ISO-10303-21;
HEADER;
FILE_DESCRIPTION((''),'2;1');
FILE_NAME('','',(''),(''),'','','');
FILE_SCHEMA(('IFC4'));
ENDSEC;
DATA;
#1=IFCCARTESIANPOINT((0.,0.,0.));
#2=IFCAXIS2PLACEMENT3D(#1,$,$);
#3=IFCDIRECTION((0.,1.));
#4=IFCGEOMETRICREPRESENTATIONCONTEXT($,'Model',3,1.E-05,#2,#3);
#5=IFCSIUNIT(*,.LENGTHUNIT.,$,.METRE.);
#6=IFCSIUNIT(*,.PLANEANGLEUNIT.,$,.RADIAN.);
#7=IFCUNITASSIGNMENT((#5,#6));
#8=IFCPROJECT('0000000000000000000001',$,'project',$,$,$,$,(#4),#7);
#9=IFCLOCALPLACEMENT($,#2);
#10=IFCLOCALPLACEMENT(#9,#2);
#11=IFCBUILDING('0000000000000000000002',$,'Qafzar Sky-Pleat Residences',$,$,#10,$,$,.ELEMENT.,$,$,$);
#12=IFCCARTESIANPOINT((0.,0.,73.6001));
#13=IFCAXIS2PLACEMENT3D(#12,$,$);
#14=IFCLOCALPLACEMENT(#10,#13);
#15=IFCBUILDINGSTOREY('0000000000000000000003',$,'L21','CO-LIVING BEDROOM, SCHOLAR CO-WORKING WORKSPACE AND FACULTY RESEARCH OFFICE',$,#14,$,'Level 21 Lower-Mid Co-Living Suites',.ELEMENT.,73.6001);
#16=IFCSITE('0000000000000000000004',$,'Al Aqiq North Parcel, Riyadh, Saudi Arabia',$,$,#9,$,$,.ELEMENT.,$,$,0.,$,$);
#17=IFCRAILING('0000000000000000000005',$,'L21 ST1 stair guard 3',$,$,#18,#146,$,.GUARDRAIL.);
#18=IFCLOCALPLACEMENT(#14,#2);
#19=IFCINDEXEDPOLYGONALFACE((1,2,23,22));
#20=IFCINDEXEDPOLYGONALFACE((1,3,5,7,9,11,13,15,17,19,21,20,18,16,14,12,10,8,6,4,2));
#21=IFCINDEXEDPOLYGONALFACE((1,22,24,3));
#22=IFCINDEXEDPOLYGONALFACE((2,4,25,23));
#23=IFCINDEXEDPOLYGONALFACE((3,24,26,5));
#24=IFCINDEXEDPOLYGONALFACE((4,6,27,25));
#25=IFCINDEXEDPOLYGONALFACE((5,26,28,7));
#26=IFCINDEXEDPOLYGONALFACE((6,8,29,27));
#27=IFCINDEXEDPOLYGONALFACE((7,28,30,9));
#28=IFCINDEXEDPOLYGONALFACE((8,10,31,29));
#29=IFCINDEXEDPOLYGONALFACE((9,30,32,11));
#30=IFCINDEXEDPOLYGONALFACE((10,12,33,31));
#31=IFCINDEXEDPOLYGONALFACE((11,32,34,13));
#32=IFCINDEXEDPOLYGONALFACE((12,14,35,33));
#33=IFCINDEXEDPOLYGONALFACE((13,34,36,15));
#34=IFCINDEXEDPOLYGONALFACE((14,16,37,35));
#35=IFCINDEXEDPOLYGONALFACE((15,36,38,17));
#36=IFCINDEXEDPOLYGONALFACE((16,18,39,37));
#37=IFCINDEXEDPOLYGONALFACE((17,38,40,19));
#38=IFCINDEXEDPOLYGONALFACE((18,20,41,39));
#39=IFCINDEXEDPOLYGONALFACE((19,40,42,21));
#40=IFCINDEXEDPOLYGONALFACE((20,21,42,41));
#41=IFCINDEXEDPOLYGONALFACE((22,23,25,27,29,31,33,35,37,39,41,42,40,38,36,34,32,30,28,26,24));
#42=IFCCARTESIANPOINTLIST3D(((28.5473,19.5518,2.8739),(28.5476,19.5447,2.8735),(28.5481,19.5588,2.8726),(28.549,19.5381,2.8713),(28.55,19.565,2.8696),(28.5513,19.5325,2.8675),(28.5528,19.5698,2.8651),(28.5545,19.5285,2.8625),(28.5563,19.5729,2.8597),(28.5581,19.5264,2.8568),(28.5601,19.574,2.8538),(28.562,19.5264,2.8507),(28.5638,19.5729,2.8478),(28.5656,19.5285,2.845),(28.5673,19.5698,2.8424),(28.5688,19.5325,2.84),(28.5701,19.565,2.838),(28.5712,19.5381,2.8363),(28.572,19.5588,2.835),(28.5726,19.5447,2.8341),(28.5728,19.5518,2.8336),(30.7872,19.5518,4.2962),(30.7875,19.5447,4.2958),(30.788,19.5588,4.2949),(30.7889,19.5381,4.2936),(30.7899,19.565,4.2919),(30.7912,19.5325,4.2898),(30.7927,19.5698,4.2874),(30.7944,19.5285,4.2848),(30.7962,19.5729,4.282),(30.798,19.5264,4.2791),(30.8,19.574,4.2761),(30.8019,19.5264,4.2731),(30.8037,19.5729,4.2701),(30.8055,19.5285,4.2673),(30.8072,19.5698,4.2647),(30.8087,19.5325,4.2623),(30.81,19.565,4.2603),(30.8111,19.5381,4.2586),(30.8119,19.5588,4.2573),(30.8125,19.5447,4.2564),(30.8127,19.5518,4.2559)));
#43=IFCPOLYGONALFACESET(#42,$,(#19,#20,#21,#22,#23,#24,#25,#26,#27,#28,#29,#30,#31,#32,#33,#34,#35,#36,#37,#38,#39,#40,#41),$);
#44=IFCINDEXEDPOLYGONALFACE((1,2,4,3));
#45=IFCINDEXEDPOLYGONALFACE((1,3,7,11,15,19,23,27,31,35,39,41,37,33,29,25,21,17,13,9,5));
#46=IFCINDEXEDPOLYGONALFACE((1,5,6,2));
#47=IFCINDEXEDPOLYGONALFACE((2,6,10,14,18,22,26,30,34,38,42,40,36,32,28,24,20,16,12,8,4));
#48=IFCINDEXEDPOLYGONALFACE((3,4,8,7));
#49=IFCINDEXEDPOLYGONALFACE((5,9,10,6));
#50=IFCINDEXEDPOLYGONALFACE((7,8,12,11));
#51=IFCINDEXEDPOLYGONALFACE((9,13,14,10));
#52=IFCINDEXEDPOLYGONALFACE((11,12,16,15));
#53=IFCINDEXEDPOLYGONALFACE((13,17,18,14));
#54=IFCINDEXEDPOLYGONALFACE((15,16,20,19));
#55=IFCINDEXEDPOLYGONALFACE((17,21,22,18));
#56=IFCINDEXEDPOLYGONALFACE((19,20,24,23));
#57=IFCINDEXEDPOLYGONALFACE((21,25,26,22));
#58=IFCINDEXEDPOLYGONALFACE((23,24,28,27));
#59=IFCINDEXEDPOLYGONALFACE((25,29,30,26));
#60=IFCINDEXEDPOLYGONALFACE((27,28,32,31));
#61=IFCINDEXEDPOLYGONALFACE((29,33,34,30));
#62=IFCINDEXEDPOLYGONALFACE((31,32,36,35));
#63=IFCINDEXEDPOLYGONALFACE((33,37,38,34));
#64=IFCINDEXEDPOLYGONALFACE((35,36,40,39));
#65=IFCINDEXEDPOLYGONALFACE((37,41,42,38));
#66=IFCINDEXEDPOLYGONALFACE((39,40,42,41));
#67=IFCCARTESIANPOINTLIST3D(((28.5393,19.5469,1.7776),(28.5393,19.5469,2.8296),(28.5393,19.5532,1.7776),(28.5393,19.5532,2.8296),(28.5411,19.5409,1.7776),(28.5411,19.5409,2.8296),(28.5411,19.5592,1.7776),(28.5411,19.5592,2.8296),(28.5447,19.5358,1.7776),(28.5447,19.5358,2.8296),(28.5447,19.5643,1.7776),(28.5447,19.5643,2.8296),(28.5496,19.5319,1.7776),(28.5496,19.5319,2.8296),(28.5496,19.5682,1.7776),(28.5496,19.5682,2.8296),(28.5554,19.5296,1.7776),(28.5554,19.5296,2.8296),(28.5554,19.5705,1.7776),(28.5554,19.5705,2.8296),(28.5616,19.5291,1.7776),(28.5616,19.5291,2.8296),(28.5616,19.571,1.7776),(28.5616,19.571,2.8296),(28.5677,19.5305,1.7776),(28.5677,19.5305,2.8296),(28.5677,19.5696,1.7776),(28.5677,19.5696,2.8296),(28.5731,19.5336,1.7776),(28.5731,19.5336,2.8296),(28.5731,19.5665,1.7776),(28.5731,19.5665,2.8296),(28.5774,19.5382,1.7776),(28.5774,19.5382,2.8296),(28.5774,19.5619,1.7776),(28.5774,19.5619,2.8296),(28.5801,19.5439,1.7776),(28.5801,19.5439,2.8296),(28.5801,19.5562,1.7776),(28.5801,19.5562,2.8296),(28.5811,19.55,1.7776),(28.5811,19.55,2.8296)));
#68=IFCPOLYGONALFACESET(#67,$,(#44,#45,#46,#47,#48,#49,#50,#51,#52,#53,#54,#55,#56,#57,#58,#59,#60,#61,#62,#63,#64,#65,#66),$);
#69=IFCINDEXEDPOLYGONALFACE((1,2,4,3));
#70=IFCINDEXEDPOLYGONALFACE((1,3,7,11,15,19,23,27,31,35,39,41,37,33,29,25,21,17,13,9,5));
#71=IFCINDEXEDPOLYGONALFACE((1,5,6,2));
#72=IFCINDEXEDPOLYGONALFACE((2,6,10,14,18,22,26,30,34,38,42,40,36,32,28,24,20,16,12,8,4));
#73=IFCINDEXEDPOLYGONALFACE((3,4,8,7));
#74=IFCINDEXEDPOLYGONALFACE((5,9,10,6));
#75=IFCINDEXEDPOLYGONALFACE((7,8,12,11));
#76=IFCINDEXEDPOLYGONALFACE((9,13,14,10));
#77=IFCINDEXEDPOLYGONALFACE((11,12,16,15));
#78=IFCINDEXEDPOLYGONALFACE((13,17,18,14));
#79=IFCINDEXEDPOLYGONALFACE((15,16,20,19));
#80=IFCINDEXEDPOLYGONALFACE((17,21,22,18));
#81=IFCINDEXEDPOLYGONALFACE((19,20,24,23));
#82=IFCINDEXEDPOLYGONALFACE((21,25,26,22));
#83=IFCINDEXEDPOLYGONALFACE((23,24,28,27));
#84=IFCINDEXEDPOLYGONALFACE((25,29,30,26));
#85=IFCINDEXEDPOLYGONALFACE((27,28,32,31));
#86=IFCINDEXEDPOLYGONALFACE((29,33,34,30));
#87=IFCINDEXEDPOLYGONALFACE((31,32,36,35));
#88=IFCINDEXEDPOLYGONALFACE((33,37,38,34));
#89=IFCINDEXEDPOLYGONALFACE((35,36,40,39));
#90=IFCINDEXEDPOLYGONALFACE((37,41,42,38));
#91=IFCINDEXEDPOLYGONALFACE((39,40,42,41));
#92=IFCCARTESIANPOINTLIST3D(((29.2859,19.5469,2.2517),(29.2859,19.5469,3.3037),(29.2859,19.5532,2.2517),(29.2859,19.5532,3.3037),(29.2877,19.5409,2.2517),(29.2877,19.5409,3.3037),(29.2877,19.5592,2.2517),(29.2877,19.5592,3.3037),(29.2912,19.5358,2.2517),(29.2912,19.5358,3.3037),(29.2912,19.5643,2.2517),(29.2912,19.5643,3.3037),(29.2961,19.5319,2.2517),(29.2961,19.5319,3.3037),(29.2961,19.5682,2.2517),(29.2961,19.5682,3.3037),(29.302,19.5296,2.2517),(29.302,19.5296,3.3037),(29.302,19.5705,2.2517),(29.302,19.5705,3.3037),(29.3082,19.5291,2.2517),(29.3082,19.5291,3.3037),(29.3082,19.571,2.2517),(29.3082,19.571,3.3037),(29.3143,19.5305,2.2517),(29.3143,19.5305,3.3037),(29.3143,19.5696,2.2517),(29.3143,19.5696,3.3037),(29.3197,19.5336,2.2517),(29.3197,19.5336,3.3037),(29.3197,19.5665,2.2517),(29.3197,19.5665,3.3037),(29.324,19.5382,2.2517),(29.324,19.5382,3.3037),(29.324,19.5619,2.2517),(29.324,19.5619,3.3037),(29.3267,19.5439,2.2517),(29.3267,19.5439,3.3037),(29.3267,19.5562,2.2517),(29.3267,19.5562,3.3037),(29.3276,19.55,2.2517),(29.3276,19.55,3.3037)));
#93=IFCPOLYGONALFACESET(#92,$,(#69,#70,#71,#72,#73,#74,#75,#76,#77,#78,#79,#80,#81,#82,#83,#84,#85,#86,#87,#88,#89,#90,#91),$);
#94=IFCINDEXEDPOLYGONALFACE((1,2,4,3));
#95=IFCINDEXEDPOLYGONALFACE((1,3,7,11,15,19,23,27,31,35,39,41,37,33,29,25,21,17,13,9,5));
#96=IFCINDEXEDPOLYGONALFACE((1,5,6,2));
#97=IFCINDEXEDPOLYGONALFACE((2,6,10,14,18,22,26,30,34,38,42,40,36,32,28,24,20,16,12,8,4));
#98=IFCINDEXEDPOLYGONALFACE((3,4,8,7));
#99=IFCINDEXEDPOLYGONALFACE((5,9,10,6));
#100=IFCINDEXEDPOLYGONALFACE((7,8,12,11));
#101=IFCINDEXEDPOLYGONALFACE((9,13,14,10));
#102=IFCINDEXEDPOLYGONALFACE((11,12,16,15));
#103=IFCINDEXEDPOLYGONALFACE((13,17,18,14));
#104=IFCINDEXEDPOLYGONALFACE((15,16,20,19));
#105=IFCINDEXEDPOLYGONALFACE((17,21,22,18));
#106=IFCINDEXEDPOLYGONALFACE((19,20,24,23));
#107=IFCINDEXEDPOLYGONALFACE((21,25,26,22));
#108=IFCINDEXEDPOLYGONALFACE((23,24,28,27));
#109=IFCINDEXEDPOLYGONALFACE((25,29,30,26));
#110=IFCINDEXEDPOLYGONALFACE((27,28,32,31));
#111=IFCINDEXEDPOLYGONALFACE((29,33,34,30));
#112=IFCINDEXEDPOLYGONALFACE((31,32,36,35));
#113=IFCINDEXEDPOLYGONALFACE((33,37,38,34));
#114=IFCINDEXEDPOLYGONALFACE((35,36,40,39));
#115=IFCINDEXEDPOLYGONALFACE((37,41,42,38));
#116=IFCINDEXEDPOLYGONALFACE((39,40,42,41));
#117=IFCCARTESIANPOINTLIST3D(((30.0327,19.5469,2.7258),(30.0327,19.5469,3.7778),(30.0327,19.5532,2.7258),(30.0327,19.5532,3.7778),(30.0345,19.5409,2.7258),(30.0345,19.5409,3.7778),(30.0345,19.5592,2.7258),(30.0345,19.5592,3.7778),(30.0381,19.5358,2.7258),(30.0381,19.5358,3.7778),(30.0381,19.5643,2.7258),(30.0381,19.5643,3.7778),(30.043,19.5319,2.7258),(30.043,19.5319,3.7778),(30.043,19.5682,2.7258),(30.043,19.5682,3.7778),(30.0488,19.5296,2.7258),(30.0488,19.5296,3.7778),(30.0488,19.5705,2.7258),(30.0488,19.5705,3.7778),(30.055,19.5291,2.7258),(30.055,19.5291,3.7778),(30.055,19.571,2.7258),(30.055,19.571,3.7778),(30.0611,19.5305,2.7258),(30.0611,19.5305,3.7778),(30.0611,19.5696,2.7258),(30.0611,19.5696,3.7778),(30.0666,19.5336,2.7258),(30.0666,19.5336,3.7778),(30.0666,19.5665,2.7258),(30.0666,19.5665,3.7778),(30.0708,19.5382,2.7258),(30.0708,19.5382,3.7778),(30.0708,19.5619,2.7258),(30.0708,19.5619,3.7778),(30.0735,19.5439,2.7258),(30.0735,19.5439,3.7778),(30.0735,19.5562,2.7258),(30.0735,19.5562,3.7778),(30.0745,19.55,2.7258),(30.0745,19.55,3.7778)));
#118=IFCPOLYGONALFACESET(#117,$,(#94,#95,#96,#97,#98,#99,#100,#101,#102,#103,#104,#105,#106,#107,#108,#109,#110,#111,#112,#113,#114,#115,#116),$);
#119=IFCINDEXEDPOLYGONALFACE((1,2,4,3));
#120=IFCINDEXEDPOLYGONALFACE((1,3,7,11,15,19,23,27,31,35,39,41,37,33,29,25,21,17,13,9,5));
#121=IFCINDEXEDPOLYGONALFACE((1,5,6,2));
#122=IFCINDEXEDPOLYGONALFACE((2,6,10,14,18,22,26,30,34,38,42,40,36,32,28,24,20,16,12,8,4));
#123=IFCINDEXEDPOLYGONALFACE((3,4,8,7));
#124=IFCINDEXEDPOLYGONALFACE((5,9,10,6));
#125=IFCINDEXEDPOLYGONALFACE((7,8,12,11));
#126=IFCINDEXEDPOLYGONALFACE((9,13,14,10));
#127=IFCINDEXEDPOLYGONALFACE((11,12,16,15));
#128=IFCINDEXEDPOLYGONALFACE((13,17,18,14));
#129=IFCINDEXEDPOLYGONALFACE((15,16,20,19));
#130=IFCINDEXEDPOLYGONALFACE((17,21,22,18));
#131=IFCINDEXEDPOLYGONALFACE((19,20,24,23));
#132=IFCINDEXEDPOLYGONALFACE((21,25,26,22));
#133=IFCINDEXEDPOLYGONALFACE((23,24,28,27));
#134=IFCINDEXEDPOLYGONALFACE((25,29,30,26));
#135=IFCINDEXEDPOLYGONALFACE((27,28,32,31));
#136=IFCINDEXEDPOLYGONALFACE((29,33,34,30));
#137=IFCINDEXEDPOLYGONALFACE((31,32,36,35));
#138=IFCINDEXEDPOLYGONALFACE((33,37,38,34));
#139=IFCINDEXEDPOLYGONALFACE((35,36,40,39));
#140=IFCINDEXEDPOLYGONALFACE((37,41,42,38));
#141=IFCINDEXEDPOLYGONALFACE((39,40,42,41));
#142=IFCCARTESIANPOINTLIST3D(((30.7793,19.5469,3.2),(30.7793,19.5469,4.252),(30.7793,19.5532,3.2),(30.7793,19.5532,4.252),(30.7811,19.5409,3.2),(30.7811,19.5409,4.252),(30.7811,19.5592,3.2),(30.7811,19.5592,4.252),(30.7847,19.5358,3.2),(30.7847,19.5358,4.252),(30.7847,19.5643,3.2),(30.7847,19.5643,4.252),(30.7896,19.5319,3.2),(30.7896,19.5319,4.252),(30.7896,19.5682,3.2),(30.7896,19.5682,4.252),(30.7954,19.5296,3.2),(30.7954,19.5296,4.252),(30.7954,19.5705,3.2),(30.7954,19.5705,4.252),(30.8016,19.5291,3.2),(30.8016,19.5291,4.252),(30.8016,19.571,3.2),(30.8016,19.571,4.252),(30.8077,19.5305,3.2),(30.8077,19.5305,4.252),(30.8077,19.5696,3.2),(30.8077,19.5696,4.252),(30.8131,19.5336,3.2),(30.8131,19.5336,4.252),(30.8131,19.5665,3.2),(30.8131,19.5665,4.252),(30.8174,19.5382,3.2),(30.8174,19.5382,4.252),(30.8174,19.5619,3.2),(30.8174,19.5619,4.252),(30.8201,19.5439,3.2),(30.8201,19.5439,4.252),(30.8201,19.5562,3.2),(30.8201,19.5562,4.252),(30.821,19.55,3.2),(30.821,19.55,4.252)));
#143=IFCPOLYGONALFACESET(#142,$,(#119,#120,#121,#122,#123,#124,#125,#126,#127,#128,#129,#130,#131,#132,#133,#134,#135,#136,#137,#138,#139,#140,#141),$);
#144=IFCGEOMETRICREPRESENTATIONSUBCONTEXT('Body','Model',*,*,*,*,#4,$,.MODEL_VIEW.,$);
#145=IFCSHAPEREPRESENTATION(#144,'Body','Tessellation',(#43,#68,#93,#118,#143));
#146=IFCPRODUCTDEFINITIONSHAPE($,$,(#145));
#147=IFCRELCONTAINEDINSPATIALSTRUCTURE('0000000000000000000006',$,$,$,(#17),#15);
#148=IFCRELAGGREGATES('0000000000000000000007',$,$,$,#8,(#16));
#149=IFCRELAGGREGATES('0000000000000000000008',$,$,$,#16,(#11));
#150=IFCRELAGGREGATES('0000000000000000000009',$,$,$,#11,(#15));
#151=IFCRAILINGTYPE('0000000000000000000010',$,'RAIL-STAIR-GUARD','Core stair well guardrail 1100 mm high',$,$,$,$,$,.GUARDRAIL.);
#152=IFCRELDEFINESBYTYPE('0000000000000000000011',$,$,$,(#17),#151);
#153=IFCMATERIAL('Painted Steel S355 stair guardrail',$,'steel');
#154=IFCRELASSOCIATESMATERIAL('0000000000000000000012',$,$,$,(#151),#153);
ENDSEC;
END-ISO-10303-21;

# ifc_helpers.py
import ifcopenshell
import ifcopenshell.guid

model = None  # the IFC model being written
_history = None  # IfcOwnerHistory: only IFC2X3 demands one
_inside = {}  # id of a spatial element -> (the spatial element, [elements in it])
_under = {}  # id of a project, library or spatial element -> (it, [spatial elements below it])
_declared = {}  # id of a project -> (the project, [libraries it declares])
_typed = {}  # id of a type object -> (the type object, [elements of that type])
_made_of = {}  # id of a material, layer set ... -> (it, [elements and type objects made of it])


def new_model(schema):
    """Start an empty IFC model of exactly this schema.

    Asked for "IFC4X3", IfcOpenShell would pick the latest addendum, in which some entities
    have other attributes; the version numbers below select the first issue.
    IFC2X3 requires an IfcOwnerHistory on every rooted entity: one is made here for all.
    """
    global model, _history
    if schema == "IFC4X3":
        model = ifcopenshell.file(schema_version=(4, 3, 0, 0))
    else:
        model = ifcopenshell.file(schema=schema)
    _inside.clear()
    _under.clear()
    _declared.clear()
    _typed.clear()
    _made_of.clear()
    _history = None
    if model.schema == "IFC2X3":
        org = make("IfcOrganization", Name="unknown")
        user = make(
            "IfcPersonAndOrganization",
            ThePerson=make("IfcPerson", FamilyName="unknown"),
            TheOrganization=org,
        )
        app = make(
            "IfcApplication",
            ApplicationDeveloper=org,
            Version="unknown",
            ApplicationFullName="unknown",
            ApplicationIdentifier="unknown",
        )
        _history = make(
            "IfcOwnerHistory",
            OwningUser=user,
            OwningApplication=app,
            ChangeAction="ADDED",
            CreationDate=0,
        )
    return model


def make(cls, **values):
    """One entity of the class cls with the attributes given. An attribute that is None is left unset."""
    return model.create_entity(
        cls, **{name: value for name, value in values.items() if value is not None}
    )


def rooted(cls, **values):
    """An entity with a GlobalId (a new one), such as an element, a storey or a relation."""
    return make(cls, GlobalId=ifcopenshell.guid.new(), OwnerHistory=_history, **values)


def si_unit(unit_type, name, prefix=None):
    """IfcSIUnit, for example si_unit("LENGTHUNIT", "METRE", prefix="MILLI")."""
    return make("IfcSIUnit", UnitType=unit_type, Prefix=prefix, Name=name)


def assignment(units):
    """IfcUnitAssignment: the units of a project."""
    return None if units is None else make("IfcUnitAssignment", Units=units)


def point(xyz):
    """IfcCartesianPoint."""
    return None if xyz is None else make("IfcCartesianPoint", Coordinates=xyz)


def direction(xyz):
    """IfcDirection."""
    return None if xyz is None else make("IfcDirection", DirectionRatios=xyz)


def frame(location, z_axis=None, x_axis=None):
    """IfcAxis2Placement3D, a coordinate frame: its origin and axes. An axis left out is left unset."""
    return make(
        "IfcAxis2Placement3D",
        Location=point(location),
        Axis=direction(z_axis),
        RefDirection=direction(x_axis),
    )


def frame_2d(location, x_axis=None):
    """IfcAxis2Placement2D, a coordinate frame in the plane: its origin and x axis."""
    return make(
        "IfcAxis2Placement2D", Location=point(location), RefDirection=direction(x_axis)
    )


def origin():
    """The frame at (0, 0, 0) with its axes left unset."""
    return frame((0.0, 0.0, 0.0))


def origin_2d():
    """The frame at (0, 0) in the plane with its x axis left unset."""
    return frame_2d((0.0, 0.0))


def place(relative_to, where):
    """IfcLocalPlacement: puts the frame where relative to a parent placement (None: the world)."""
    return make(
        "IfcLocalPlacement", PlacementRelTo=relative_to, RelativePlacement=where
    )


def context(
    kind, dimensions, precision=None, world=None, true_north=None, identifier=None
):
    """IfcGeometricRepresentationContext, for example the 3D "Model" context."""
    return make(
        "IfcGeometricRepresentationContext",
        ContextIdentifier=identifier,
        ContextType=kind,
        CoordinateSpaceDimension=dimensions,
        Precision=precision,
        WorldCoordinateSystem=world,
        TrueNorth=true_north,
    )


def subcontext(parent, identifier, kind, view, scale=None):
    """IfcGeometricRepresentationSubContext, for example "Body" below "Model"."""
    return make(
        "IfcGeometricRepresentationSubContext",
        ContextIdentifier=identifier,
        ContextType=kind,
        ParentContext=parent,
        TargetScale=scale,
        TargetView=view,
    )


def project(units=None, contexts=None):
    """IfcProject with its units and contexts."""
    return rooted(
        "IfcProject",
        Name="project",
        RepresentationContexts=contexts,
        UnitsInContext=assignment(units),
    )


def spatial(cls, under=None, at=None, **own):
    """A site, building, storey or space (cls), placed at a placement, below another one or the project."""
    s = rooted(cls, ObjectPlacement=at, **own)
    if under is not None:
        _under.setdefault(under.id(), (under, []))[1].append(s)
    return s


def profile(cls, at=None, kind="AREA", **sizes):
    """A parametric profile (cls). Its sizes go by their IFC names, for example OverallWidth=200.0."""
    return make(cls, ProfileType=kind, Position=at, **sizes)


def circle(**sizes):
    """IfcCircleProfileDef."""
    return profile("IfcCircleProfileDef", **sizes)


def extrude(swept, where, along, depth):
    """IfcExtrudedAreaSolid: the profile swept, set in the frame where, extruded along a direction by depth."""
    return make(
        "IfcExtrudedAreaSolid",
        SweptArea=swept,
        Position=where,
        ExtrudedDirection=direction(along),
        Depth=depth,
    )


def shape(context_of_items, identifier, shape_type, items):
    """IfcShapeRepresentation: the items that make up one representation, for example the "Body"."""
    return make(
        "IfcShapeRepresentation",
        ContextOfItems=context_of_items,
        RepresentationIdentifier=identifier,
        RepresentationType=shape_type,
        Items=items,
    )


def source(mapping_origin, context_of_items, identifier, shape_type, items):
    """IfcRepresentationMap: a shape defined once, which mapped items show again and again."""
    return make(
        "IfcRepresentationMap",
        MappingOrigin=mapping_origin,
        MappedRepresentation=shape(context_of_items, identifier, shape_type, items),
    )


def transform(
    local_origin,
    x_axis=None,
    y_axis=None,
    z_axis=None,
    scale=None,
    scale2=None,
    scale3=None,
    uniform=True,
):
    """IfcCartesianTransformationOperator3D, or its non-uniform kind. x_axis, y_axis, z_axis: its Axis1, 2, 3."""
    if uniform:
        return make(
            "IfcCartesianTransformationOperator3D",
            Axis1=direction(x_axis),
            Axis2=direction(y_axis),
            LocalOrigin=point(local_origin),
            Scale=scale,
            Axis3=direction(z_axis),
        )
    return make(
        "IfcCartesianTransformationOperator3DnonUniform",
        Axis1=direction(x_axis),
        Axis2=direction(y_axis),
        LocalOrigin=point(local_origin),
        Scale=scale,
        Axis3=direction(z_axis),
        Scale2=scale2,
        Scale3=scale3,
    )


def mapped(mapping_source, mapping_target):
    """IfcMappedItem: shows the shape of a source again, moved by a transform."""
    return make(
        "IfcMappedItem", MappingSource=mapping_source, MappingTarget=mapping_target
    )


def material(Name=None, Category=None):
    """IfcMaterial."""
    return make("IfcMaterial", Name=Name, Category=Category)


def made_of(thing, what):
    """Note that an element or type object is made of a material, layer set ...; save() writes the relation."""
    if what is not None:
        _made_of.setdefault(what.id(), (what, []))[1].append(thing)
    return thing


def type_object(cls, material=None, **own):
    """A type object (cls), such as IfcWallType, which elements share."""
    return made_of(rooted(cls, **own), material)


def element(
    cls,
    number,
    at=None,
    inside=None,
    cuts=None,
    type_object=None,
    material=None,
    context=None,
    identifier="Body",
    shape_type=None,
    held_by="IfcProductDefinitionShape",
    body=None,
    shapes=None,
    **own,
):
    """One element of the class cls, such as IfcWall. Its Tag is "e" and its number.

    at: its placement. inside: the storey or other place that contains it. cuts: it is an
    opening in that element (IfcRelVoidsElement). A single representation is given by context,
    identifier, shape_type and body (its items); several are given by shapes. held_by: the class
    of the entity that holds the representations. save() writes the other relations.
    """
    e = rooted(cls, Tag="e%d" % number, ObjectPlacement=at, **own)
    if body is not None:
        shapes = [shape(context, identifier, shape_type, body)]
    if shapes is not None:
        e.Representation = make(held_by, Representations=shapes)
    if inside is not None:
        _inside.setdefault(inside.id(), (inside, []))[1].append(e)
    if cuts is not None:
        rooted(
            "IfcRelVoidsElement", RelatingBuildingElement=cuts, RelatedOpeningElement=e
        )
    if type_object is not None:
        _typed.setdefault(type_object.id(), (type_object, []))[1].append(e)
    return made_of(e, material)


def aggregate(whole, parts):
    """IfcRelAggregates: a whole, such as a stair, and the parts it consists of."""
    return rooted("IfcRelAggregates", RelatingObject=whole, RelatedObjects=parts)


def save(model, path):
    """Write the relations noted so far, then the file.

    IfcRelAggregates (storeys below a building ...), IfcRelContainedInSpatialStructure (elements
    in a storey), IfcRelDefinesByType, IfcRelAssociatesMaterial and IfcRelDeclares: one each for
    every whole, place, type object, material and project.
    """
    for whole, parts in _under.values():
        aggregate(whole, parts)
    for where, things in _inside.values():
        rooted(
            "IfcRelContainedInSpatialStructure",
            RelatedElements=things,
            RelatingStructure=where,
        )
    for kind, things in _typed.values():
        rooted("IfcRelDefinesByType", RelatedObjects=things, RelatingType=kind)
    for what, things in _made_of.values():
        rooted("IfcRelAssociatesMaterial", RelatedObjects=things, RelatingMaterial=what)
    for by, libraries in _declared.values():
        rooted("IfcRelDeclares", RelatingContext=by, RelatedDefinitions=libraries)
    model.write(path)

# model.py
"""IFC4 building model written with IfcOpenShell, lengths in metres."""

from ifc_helpers import new_model, si_unit, direction, frame, origin, origin_2d, place, context, subcontext, project, spatial, circle, extrude, source, transform, mapped, material, type_object, element, save


model = new_model("IFC4")

# Units and contexts
model_context = context("Model", 3, precision=1e-05, world=origin(), true_north=direction((0.0, 1.0)))
body_context = subcontext(model_context, "Body", "Model", "MODEL_VIEW")
ifc_project = project(units=[si_unit("LENGTHUNIT", "METRE"), si_unit("PLANEANGLEUNIT", "RADIAN")], contexts=[model_context])

# Site, building, storey
site_placement = place(None, origin())
site = spatial("IfcSite", under=ifc_project, at=site_placement, Name="Al Aqiq North Parcel, Riyadh, Saudi Arabia", CompositionType="ELEMENT", RefElevation=0.0)
building_placement = place(site_placement, origin())
building = spatial("IfcBuilding", under=site, at=building_placement, Name="Qafzar Sky-Pleat Residences", CompositionType="ELEMENT")
storey_placement = place(building_placement, frame((0.0, 0.0, 73.6001)))
storey = spatial("IfcBuildingStorey", under=building, at=storey_placement, Name="L21", Description="CO-LIVING BEDROOM, SCHOLAR CO-WORKING WORKSPACE AND FACULTY RESEARCH OFFICE", LongName="Level 21 Lower-Mid Co-Living Suites", CompositionType="ELEMENT", Elevation=73.6001)

# Railing
ifc_material_1 = material(Name="Painted Steel S355 stair guardrail", Category="steel")
railing_type_1 = type_object("IfcRailingType", Name="RAIL-STAIR-GUARD", Description="Core stair well guardrail 1100 mm high", PredefinedType="GUARDRAIL", material=ifc_material_1)
shared_shape_1 = source(origin(), body_context, "Body", "SweptSolid", [
    extrude(circle(Radius=0.0239, at=origin_2d()), frame((0.0, 0.0, 1.0762), z_axis=(0.844188, 0.0, 0.536048), x_axis=(0.0, 1.0, 0.0)), (0.0, 0.0, 1.0), 2.6533),
    extrude(circle(Radius=0.021, at=origin_2d()), origin(), (0.0, 0.0, 1.0), 1.052),
    extrude(circle(Radius=0.021, at=origin_2d()), frame((0.7466, 0.0, 0.4741)), (0.0, 0.0, 1.0), 1.052),
    extrude(circle(Radius=0.021, at=origin_2d()), frame((1.4934, 0.0, 0.9482)), (0.0, 0.0, 1.0), 1.052),
    extrude(circle(Radius=0.021, at=origin_2d()), frame((2.24, 0.0, 1.4224)), (0.0, 0.0, 1.0), 1.052),
])
railing_1_placement = place(storey_placement, frame((28.5601, 19.55, 1.7776)))
element("IfcRailing", 1, at=railing_1_placement, inside=storey, type_object=railing_type_1, Name="L21 ST1 stair guard 3", PredefinedType="GUARDRAIL", context=body_context, shape_type="MappedRepresentation", body=[
    mapped(shared_shape_1, transform((0.0, 0.0, 0.0), x_axis=(1.0, 0.0, 0.0), y_axis=(0.0, 1.0, 0.0), z_axis=(0.0, 0.0, 1.0), scale=1.0)),
])

save(model, "model.ifc")
